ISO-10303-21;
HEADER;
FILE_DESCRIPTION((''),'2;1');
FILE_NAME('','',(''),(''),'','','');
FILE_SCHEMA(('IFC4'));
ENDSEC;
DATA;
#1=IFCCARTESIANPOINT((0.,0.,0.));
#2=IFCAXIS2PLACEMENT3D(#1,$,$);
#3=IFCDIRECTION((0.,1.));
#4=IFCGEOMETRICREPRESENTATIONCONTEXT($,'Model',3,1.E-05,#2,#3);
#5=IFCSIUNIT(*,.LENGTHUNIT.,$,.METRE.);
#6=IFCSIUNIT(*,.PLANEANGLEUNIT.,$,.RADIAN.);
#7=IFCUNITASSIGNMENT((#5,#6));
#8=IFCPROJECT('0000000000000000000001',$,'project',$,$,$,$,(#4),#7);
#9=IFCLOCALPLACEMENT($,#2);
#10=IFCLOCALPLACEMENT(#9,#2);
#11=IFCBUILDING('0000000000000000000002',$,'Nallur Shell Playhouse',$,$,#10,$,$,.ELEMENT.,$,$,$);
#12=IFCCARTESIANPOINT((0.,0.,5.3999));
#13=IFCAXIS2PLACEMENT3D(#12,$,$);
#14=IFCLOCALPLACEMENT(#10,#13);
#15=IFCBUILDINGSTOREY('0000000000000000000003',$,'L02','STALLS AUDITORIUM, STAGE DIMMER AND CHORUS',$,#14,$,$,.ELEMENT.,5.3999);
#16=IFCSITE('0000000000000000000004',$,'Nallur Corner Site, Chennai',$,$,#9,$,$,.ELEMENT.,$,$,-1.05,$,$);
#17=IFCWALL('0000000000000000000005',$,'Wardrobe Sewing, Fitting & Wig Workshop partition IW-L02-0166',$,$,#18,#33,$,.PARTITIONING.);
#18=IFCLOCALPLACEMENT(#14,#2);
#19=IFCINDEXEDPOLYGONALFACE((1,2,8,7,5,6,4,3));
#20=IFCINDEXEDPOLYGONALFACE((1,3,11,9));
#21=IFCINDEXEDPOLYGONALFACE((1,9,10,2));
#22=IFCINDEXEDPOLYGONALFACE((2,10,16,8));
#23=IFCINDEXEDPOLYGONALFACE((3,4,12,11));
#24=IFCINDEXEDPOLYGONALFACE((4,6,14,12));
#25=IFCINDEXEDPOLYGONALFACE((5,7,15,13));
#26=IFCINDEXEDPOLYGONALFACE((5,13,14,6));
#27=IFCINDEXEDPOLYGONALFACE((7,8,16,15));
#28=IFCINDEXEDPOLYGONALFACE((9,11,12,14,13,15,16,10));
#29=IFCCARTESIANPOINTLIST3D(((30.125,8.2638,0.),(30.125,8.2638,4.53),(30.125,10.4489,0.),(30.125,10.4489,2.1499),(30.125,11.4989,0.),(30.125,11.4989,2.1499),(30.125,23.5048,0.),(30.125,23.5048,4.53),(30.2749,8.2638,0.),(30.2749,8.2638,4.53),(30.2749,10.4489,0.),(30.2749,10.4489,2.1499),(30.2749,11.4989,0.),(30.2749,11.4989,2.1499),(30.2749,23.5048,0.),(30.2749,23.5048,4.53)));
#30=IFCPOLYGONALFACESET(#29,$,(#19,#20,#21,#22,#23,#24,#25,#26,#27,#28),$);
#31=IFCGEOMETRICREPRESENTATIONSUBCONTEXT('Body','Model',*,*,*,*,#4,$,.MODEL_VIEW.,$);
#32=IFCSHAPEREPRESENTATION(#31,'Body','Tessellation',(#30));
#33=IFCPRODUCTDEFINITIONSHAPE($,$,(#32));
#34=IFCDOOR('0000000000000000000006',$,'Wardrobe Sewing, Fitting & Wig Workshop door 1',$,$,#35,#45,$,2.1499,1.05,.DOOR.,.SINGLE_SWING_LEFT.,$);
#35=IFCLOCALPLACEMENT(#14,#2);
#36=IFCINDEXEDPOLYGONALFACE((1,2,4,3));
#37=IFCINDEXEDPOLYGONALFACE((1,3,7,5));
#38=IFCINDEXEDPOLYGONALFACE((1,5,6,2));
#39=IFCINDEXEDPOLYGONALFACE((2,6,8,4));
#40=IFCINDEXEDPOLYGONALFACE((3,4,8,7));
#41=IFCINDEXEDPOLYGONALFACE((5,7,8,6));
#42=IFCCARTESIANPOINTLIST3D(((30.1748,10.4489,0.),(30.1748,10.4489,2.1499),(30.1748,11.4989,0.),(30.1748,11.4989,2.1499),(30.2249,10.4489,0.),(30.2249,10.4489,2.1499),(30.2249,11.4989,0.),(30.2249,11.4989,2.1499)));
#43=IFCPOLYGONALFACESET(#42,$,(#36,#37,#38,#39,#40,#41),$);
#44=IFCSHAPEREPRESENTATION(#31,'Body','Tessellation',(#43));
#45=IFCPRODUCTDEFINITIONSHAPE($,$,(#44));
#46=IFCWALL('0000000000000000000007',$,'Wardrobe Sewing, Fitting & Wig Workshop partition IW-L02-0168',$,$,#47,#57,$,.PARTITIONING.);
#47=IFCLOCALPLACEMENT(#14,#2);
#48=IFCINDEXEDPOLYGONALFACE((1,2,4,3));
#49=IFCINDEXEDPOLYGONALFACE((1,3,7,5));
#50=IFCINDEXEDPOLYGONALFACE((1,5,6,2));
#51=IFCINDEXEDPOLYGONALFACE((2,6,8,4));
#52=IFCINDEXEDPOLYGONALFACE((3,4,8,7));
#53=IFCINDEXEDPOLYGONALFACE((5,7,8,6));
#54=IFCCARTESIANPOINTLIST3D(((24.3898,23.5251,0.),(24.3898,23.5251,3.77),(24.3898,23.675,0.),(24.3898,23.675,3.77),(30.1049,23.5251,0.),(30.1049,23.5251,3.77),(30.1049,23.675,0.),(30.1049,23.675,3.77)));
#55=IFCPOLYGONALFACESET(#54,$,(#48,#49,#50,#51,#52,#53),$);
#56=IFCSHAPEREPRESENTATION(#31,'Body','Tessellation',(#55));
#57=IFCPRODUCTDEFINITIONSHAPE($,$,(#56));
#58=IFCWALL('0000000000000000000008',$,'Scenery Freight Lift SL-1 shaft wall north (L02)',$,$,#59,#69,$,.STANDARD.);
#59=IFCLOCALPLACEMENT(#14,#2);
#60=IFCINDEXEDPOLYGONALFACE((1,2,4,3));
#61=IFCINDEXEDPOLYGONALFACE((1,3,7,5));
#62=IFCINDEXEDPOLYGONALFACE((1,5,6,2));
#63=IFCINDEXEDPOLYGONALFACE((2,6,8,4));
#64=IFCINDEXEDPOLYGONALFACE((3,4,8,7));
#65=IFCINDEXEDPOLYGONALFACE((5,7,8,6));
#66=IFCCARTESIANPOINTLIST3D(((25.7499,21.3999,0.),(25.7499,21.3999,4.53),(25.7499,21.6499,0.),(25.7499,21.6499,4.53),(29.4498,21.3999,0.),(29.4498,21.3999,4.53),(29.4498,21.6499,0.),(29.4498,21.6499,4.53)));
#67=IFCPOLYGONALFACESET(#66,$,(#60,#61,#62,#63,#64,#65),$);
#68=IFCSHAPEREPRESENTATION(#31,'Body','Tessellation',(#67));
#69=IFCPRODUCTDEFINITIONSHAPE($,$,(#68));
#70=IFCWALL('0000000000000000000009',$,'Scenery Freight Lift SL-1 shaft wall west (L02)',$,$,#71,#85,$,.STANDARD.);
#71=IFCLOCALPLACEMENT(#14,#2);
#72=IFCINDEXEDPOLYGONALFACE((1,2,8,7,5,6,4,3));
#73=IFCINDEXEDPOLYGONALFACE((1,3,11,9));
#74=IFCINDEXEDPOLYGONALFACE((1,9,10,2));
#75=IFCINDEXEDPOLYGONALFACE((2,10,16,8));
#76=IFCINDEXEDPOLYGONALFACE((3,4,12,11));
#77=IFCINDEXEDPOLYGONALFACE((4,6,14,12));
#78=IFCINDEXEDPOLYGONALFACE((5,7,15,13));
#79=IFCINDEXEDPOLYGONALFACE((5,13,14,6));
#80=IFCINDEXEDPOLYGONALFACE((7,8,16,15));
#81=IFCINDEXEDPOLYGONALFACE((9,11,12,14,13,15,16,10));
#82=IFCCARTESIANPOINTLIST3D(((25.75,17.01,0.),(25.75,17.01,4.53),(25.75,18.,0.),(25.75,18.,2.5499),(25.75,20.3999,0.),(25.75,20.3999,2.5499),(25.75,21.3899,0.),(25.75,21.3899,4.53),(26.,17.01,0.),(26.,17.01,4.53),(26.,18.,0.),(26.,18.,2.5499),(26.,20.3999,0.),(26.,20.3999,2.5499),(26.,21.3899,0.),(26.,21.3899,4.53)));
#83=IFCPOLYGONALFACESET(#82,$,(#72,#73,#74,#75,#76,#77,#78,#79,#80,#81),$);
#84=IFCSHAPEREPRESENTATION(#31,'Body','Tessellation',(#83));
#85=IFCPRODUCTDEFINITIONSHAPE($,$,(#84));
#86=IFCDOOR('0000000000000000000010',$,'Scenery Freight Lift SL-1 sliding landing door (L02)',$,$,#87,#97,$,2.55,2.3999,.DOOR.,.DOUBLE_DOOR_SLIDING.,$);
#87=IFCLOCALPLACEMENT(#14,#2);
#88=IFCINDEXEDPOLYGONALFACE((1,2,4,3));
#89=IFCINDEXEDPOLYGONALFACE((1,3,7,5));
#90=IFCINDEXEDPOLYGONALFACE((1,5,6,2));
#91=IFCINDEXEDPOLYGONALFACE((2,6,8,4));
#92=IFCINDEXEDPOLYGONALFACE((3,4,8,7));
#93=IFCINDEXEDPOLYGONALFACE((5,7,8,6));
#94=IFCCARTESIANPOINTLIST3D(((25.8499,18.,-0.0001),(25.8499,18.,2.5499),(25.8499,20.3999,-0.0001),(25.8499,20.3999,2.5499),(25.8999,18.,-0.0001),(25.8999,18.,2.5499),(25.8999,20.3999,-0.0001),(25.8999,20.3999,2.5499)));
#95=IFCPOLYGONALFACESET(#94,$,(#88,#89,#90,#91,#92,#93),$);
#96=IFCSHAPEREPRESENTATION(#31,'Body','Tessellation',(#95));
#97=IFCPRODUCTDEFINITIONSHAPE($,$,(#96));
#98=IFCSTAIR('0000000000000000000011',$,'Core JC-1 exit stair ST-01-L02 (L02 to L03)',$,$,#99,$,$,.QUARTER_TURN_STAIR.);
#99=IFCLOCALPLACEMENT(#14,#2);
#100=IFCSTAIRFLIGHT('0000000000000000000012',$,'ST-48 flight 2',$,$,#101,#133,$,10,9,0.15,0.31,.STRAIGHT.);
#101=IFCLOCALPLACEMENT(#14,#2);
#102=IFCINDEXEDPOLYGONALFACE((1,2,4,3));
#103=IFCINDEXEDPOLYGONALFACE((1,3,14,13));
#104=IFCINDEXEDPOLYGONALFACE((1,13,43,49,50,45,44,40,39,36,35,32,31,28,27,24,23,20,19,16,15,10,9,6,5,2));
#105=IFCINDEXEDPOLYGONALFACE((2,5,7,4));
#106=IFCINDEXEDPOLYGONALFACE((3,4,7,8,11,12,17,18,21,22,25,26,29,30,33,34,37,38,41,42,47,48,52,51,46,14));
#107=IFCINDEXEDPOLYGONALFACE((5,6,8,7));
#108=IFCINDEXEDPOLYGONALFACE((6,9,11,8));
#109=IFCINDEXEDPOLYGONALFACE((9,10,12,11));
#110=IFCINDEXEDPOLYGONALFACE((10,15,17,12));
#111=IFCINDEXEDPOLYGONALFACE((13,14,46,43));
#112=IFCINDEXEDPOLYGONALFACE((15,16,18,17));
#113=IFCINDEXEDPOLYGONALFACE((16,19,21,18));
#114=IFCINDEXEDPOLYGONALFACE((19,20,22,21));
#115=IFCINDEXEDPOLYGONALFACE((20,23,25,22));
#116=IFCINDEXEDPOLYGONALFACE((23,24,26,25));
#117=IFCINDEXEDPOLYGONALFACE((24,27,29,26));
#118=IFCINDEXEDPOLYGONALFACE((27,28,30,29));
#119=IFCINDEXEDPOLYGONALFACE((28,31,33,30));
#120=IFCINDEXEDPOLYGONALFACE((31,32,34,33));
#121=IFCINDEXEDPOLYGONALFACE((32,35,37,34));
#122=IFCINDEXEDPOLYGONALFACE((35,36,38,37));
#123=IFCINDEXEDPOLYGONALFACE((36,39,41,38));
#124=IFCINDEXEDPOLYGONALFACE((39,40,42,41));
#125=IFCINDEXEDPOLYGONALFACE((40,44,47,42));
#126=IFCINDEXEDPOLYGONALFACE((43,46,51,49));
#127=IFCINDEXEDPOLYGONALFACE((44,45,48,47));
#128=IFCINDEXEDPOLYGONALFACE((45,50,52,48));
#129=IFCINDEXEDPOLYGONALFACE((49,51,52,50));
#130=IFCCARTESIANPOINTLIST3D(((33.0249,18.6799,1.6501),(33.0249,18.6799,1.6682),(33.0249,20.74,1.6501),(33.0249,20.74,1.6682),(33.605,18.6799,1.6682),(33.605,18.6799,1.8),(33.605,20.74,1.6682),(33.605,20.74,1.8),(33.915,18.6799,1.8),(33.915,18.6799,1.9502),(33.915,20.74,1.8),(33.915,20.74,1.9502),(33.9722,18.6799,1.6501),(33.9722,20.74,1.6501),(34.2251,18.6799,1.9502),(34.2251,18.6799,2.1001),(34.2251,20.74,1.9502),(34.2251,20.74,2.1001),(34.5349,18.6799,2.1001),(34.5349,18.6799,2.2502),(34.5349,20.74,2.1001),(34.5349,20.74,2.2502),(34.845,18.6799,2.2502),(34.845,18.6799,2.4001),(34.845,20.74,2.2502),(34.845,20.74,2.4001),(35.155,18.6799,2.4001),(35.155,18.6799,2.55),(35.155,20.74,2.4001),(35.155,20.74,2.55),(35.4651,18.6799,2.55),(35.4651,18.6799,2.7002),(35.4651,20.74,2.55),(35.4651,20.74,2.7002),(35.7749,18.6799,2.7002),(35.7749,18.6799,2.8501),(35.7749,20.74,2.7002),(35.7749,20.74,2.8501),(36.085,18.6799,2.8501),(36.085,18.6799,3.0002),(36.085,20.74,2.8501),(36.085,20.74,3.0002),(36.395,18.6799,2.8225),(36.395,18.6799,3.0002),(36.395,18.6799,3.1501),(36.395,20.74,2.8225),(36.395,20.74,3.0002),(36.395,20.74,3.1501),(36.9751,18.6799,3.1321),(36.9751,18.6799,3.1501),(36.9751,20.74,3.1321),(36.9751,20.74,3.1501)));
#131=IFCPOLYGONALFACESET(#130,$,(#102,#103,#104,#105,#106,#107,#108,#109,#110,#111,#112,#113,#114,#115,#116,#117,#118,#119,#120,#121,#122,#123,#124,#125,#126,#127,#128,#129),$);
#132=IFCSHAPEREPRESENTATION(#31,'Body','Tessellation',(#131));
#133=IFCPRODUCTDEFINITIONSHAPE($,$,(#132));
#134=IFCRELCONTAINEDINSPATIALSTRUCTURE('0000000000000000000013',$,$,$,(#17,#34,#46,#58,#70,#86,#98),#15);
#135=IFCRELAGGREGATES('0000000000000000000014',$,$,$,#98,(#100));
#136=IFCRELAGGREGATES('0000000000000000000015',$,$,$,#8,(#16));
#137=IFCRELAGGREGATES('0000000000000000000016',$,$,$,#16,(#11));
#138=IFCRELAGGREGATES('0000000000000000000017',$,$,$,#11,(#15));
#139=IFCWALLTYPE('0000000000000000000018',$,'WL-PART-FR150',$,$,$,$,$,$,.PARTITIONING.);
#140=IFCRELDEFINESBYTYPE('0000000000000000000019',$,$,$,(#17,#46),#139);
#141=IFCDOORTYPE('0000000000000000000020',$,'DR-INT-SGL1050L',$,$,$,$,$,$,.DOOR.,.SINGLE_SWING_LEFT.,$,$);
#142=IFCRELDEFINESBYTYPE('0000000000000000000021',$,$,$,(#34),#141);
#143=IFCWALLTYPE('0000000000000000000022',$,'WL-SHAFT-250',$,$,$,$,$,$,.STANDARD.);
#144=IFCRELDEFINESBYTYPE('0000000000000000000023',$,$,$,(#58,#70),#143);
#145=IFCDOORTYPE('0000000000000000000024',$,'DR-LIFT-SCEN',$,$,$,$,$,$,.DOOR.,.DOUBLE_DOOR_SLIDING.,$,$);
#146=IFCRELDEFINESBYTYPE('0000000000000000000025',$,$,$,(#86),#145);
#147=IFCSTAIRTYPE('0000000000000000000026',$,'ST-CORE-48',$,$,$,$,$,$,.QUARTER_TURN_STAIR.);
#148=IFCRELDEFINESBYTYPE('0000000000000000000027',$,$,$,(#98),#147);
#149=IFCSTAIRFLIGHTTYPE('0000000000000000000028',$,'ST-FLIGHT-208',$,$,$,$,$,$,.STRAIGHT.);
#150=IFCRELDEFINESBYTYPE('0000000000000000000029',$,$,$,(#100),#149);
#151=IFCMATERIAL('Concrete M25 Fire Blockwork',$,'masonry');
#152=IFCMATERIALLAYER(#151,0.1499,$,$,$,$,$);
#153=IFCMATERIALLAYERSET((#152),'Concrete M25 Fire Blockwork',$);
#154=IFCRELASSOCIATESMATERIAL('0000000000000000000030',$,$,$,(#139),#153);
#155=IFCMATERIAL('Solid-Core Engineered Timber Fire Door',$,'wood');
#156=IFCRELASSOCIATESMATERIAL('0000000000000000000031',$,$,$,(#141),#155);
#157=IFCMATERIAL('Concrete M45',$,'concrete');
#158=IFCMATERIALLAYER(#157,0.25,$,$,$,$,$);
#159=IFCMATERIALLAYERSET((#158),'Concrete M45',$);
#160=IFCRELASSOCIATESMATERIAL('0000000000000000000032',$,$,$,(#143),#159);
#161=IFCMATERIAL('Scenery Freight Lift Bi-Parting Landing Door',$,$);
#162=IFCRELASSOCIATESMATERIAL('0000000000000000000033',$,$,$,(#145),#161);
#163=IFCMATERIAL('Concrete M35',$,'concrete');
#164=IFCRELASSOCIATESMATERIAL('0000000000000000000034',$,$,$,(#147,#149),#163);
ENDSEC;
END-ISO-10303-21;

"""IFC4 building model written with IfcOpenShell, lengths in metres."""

from ifc_helpers import new_model, si_unit, direction, frame, frame_2d, origin, place, context, subcontext, project, spatial, polyline, rectangle, outline, extrude, material, layer, layer_set, type_object, element, fill, aggregate, save


model = new_model("IFC4")

# Units and contexts
model_context = context("Model", 3, precision=1e-05, world=origin(), true_north=direction((0.0, 1.0)))
body_context = subcontext(model_context, "Body", "Model", "MODEL_VIEW")
ifc_project = project(units=[si_unit("LENGTHUNIT", "METRE"), si_unit("PLANEANGLEUNIT", "RADIAN")], contexts=[model_context])

# Site, building, storey
site_placement = place(None, origin())
site = spatial("IfcSite", under=ifc_project, at=site_placement, Name="Nallur Corner Site, Chennai", CompositionType="ELEMENT", RefElevation=-1.05)
building_placement = place(site_placement, origin())
building = spatial("IfcBuilding", under=site, at=building_placement, Name="Nallur Shell Playhouse", CompositionType="ELEMENT")
storey_placement = place(building_placement, frame((0.0, 0.0, 5.3999)))
storey = spatial("IfcBuildingStorey", under=building, at=storey_placement, Name="L02", Description="STALLS AUDITORIUM, STAGE DIMMER AND CHORUS", CompositionType="ELEMENT", Elevation=5.3999)

# Shared definitions
ifc_material_1 = material(Name="Concrete M35", Category="concrete")

# Shared definitions
ifc_material_2 = material(Name="Concrete M45", Category="concrete")

# Wall, opening, door
ifc_material_3 = material(Name="Concrete M25 Fire Blockwork", Category="masonry")
ifc_layer_1 = layer(ifc_material_3, 0.1499)
ifc_layer_set_1 = layer_set([ifc_layer_1], Name="Concrete M25 Fire Blockwork")
wall_type_1 = type_object("IfcWallType", Name="WL-PART-FR150", PredefinedType="PARTITIONING", material=ifc_layer_set_1)
wall_1_placement = place(storey_placement, frame((30.2, 23.5049, 0.0), z_axis=(0.0, 0.0, 1.0), x_axis=(0.0, -1.0, 0.0)))
wall_1 = element("IfcWall", 1, at=wall_1_placement, inside=storey, type_object=wall_type_1, Name="Wardrobe Sewing, Fitting & Wig Workshop partition IW-L02-0166", PredefinedType="PARTITIONING", context=body_context, shape_type="SweptSolid", body=[
    extrude(rectangle(XDim=15.241, YDim=0.1499, at=frame_2d((7.6206, 0.0))), origin(), (0.0, 0.0, 1.0), 4.53),
])
opening_1_placement = place(wall_1_placement, frame((12.0061, 0.0, 0.0)))
opening_1 = element("IfcOpeningElement", 2, at=opening_1_placement, cuts=wall_1, PredefinedType="OPENING", context=body_context, shape_type="SweptSolid", body=[
    extrude(rectangle(XDim=1.05, YDim=2.1499, at=frame_2d((0.5249, 1.075))), frame((0.0, 0.085, 0.0), z_axis=(0.0, -1.0, 0.0), x_axis=(1.0, 0.0, 0.0)), (0.0, 0.0, 1.0), 0.1699),
])
ifc_material_4 = material(Name="Solid-Core Engineered Timber Fire Door", Category="wood")
door_type_1 = type_object("IfcDoorType", Name="DR-INT-SGL1050L", OperationType="SINGLE_SWING_LEFT", PredefinedType="DOOR", material=ifc_material_4)
door_1_placement = place(opening_1_placement, origin())
door_1 = element("IfcDoor", 3, at=door_1_placement, inside=storey, type_object=door_type_1, Name="Wardrobe Sewing, Fitting & Wig Workshop door 1", OperationType="SINGLE_SWING_LEFT", OverallHeight=2.1499, OverallWidth=1.05, PredefinedType="DOOR", context=body_context, shape_type="SweptSolid", body=[
    extrude(rectangle(XDim=1.05, YDim=2.1499, at=frame_2d((0.5249, 1.075))), frame((0.0, 0.0249, 0.0), z_axis=(0.0, -1.0, 0.0), x_axis=(1.0, 0.0, 0.0)), (0.0, 0.0, 1.0), 0.05),
])
fill(opening_1, door_1)

# Walls
wall_2_placement = place(storey_placement, frame((24.3899, 23.6001, 0.0), z_axis=(0.0, 0.0, 1.0), x_axis=(1.0, 0.0, 0.0)))
element("IfcWall", 4, at=wall_2_placement, inside=storey, type_object=wall_type_1, Name="Wardrobe Sewing, Fitting & Wig Workshop partition IW-L02-0168", PredefinedType="PARTITIONING", context=body_context, shape_type="SweptSolid", body=[
    extrude(rectangle(XDim=5.7151, YDim=0.1499, at=frame_2d((2.8574, 0.0))), origin(), (0.0, 0.0, 1.0), 3.77),
])
ifc_layer_2 = layer(ifc_material_2, 0.25)
ifc_layer_set_2 = layer_set([ifc_layer_2], Name="Concrete M45")
wall_type_2 = type_object("IfcWallType", Name="WL-SHAFT-250", PredefinedType="STANDARD", material=ifc_layer_set_2)
wall_3_placement = place(storey_placement, frame((29.45, 21.5249, 0.0), z_axis=(0.0, 0.0, 1.0), x_axis=(-1.0, 0.0, 0.0)))
element("IfcWall", 5, at=wall_3_placement, inside=storey, type_object=wall_type_2, Name="Scenery Freight Lift SL-1 shaft wall north (L02)", PredefinedType="STANDARD", context=body_context, shape_type="SweptSolid", body=[
    extrude(rectangle(XDim=3.7, YDim=0.25, at=frame_2d((1.8501, 0.0))), origin(), (0.0, 0.0, 1.0), 4.53),
])

# Wall, opening, door
wall_4_placement = place(storey_placement, frame((25.875, 21.3899, 0.0), z_axis=(0.0, 0.0, 1.0), x_axis=(0.0, -1.0, 0.0)))
wall_4 = element("IfcWall", 6, at=wall_4_placement, inside=storey, type_object=wall_type_2, Name="Scenery Freight Lift SL-1 shaft wall west (L02)", PredefinedType="STANDARD", context=body_context, shape_type="SweptSolid", body=[
    extrude(rectangle(XDim=4.3799, YDim=0.25, at=frame_2d((2.1899, 0.0))), origin(), (0.0, 0.0, 1.0), 4.53),
])
opening_2_placement = place(wall_4_placement, frame((0.99, 0.0, 0.0)))
opening_2 = element("IfcOpeningElement", 7, at=opening_2_placement, cuts=wall_4, PredefinedType="OPENING", context=body_context, shape_type="SweptSolid", body=[
    extrude(rectangle(XDim=2.3999, YDim=2.55, at=frame_2d((1.2, 1.2749))), frame((0.0, 0.135, 0.0), z_axis=(0.0, -1.0, 0.0), x_axis=(1.0, 0.0, 0.0)), (0.0, 0.0, 1.0), 0.27),
])
ifc_material_5 = material(Name="Scenery Freight Lift Bi-Parting Landing Door")
door_type_2 = type_object("IfcDoorType", Name="DR-LIFT-SCEN", OperationType="DOUBLE_DOOR_SLIDING", PredefinedType="DOOR", material=ifc_material_5)
door_2_placement = place(opening_2_placement, origin())
door_2 = element("IfcDoor", 8, at=door_2_placement, inside=storey, type_object=door_type_2, Name="Scenery Freight Lift SL-1 sliding landing door (L02)", OperationType="DOUBLE_DOOR_SLIDING", OverallHeight=2.55, OverallWidth=2.3999, PredefinedType="DOOR", context=body_context, shape_type="SweptSolid", body=[
    extrude(rectangle(XDim=2.3999, YDim=2.55, at=frame_2d((1.2, 1.2749))), frame((0.0, 0.0249, 0.0), z_axis=(0.0, -1.0, 0.0), x_axis=(1.0, 0.0, 0.0)), (0.0, 0.0, 1.0), 0.05),
])
fill(opening_2, door_2)

# Stair, stair flight
stair_type = type_object("IfcStairType", Name="ST-CORE-48", PredefinedType="QUARTER_TURN_STAIR", material=ifc_material_1)
stair_placement = place(storey_placement, origin())
stair = element("IfcStair", 9, at=stair_placement, inside=storey, type_object=stair_type, Name="Core JC-1 exit stair ST-01-L02 (L02 to L03)", PredefinedType="QUARTER_TURN_STAIR")
stair_flight_type = type_object("IfcStairFlightType", Name="ST-FLIGHT-208", PredefinedType="STRAIGHT", material=ifc_material_1)
stair_flight_placement = place(storey_placement, frame((33.605, 19.71, 1.6501), z_axis=(0.0, 0.0, 1.0), x_axis=(1.0, 0.0, 0.0)))
stair_flight = element("IfcStairFlight", 10, at=stair_flight_placement, type_object=stair_flight_type, Name="ST-48 flight 2", NumberOfRisers=10, NumberOfTreads=9, PredefinedType="STRAIGHT", RiserHeight=0.15, TreadLength=0.31, context=body_context, shape_type="SweptSolid", body=[
    extrude(outline(polyline([(-0.5801, 0.0), (-0.5801, 0.0181), (0.0, 0.0181), (0.0, 0.1499), (0.3101, 0.1499), (0.3101, 0.3), (0.6201, 0.3), (0.6201, 0.45), (0.9299, 0.45), (0.9299, 0.6001), (1.24, 0.6001), (1.24, 0.75), (1.55, 0.75), (1.55, 0.8999), (1.8601, 0.8999), (1.8601, 1.05), (2.1699, 1.05), (2.1699, 1.2), (2.48, 1.2), (2.48, 1.3501), (2.79, 1.3501), (2.79, 1.5), (3.3701, 1.5), (3.3701, 1.4819), (2.79, 1.1724), (0.3672, 0.0), (-0.5801, 0.0)])), frame((0.0, 1.03, 0.0), z_axis=(0.0, -1.0, 0.0), x_axis=(1.0, 0.0, 0.0)), (0.0, 0.0, 1.0), 2.0601),
])
aggregate(stair, [stair_flight])

save(model, "model.ifc")
